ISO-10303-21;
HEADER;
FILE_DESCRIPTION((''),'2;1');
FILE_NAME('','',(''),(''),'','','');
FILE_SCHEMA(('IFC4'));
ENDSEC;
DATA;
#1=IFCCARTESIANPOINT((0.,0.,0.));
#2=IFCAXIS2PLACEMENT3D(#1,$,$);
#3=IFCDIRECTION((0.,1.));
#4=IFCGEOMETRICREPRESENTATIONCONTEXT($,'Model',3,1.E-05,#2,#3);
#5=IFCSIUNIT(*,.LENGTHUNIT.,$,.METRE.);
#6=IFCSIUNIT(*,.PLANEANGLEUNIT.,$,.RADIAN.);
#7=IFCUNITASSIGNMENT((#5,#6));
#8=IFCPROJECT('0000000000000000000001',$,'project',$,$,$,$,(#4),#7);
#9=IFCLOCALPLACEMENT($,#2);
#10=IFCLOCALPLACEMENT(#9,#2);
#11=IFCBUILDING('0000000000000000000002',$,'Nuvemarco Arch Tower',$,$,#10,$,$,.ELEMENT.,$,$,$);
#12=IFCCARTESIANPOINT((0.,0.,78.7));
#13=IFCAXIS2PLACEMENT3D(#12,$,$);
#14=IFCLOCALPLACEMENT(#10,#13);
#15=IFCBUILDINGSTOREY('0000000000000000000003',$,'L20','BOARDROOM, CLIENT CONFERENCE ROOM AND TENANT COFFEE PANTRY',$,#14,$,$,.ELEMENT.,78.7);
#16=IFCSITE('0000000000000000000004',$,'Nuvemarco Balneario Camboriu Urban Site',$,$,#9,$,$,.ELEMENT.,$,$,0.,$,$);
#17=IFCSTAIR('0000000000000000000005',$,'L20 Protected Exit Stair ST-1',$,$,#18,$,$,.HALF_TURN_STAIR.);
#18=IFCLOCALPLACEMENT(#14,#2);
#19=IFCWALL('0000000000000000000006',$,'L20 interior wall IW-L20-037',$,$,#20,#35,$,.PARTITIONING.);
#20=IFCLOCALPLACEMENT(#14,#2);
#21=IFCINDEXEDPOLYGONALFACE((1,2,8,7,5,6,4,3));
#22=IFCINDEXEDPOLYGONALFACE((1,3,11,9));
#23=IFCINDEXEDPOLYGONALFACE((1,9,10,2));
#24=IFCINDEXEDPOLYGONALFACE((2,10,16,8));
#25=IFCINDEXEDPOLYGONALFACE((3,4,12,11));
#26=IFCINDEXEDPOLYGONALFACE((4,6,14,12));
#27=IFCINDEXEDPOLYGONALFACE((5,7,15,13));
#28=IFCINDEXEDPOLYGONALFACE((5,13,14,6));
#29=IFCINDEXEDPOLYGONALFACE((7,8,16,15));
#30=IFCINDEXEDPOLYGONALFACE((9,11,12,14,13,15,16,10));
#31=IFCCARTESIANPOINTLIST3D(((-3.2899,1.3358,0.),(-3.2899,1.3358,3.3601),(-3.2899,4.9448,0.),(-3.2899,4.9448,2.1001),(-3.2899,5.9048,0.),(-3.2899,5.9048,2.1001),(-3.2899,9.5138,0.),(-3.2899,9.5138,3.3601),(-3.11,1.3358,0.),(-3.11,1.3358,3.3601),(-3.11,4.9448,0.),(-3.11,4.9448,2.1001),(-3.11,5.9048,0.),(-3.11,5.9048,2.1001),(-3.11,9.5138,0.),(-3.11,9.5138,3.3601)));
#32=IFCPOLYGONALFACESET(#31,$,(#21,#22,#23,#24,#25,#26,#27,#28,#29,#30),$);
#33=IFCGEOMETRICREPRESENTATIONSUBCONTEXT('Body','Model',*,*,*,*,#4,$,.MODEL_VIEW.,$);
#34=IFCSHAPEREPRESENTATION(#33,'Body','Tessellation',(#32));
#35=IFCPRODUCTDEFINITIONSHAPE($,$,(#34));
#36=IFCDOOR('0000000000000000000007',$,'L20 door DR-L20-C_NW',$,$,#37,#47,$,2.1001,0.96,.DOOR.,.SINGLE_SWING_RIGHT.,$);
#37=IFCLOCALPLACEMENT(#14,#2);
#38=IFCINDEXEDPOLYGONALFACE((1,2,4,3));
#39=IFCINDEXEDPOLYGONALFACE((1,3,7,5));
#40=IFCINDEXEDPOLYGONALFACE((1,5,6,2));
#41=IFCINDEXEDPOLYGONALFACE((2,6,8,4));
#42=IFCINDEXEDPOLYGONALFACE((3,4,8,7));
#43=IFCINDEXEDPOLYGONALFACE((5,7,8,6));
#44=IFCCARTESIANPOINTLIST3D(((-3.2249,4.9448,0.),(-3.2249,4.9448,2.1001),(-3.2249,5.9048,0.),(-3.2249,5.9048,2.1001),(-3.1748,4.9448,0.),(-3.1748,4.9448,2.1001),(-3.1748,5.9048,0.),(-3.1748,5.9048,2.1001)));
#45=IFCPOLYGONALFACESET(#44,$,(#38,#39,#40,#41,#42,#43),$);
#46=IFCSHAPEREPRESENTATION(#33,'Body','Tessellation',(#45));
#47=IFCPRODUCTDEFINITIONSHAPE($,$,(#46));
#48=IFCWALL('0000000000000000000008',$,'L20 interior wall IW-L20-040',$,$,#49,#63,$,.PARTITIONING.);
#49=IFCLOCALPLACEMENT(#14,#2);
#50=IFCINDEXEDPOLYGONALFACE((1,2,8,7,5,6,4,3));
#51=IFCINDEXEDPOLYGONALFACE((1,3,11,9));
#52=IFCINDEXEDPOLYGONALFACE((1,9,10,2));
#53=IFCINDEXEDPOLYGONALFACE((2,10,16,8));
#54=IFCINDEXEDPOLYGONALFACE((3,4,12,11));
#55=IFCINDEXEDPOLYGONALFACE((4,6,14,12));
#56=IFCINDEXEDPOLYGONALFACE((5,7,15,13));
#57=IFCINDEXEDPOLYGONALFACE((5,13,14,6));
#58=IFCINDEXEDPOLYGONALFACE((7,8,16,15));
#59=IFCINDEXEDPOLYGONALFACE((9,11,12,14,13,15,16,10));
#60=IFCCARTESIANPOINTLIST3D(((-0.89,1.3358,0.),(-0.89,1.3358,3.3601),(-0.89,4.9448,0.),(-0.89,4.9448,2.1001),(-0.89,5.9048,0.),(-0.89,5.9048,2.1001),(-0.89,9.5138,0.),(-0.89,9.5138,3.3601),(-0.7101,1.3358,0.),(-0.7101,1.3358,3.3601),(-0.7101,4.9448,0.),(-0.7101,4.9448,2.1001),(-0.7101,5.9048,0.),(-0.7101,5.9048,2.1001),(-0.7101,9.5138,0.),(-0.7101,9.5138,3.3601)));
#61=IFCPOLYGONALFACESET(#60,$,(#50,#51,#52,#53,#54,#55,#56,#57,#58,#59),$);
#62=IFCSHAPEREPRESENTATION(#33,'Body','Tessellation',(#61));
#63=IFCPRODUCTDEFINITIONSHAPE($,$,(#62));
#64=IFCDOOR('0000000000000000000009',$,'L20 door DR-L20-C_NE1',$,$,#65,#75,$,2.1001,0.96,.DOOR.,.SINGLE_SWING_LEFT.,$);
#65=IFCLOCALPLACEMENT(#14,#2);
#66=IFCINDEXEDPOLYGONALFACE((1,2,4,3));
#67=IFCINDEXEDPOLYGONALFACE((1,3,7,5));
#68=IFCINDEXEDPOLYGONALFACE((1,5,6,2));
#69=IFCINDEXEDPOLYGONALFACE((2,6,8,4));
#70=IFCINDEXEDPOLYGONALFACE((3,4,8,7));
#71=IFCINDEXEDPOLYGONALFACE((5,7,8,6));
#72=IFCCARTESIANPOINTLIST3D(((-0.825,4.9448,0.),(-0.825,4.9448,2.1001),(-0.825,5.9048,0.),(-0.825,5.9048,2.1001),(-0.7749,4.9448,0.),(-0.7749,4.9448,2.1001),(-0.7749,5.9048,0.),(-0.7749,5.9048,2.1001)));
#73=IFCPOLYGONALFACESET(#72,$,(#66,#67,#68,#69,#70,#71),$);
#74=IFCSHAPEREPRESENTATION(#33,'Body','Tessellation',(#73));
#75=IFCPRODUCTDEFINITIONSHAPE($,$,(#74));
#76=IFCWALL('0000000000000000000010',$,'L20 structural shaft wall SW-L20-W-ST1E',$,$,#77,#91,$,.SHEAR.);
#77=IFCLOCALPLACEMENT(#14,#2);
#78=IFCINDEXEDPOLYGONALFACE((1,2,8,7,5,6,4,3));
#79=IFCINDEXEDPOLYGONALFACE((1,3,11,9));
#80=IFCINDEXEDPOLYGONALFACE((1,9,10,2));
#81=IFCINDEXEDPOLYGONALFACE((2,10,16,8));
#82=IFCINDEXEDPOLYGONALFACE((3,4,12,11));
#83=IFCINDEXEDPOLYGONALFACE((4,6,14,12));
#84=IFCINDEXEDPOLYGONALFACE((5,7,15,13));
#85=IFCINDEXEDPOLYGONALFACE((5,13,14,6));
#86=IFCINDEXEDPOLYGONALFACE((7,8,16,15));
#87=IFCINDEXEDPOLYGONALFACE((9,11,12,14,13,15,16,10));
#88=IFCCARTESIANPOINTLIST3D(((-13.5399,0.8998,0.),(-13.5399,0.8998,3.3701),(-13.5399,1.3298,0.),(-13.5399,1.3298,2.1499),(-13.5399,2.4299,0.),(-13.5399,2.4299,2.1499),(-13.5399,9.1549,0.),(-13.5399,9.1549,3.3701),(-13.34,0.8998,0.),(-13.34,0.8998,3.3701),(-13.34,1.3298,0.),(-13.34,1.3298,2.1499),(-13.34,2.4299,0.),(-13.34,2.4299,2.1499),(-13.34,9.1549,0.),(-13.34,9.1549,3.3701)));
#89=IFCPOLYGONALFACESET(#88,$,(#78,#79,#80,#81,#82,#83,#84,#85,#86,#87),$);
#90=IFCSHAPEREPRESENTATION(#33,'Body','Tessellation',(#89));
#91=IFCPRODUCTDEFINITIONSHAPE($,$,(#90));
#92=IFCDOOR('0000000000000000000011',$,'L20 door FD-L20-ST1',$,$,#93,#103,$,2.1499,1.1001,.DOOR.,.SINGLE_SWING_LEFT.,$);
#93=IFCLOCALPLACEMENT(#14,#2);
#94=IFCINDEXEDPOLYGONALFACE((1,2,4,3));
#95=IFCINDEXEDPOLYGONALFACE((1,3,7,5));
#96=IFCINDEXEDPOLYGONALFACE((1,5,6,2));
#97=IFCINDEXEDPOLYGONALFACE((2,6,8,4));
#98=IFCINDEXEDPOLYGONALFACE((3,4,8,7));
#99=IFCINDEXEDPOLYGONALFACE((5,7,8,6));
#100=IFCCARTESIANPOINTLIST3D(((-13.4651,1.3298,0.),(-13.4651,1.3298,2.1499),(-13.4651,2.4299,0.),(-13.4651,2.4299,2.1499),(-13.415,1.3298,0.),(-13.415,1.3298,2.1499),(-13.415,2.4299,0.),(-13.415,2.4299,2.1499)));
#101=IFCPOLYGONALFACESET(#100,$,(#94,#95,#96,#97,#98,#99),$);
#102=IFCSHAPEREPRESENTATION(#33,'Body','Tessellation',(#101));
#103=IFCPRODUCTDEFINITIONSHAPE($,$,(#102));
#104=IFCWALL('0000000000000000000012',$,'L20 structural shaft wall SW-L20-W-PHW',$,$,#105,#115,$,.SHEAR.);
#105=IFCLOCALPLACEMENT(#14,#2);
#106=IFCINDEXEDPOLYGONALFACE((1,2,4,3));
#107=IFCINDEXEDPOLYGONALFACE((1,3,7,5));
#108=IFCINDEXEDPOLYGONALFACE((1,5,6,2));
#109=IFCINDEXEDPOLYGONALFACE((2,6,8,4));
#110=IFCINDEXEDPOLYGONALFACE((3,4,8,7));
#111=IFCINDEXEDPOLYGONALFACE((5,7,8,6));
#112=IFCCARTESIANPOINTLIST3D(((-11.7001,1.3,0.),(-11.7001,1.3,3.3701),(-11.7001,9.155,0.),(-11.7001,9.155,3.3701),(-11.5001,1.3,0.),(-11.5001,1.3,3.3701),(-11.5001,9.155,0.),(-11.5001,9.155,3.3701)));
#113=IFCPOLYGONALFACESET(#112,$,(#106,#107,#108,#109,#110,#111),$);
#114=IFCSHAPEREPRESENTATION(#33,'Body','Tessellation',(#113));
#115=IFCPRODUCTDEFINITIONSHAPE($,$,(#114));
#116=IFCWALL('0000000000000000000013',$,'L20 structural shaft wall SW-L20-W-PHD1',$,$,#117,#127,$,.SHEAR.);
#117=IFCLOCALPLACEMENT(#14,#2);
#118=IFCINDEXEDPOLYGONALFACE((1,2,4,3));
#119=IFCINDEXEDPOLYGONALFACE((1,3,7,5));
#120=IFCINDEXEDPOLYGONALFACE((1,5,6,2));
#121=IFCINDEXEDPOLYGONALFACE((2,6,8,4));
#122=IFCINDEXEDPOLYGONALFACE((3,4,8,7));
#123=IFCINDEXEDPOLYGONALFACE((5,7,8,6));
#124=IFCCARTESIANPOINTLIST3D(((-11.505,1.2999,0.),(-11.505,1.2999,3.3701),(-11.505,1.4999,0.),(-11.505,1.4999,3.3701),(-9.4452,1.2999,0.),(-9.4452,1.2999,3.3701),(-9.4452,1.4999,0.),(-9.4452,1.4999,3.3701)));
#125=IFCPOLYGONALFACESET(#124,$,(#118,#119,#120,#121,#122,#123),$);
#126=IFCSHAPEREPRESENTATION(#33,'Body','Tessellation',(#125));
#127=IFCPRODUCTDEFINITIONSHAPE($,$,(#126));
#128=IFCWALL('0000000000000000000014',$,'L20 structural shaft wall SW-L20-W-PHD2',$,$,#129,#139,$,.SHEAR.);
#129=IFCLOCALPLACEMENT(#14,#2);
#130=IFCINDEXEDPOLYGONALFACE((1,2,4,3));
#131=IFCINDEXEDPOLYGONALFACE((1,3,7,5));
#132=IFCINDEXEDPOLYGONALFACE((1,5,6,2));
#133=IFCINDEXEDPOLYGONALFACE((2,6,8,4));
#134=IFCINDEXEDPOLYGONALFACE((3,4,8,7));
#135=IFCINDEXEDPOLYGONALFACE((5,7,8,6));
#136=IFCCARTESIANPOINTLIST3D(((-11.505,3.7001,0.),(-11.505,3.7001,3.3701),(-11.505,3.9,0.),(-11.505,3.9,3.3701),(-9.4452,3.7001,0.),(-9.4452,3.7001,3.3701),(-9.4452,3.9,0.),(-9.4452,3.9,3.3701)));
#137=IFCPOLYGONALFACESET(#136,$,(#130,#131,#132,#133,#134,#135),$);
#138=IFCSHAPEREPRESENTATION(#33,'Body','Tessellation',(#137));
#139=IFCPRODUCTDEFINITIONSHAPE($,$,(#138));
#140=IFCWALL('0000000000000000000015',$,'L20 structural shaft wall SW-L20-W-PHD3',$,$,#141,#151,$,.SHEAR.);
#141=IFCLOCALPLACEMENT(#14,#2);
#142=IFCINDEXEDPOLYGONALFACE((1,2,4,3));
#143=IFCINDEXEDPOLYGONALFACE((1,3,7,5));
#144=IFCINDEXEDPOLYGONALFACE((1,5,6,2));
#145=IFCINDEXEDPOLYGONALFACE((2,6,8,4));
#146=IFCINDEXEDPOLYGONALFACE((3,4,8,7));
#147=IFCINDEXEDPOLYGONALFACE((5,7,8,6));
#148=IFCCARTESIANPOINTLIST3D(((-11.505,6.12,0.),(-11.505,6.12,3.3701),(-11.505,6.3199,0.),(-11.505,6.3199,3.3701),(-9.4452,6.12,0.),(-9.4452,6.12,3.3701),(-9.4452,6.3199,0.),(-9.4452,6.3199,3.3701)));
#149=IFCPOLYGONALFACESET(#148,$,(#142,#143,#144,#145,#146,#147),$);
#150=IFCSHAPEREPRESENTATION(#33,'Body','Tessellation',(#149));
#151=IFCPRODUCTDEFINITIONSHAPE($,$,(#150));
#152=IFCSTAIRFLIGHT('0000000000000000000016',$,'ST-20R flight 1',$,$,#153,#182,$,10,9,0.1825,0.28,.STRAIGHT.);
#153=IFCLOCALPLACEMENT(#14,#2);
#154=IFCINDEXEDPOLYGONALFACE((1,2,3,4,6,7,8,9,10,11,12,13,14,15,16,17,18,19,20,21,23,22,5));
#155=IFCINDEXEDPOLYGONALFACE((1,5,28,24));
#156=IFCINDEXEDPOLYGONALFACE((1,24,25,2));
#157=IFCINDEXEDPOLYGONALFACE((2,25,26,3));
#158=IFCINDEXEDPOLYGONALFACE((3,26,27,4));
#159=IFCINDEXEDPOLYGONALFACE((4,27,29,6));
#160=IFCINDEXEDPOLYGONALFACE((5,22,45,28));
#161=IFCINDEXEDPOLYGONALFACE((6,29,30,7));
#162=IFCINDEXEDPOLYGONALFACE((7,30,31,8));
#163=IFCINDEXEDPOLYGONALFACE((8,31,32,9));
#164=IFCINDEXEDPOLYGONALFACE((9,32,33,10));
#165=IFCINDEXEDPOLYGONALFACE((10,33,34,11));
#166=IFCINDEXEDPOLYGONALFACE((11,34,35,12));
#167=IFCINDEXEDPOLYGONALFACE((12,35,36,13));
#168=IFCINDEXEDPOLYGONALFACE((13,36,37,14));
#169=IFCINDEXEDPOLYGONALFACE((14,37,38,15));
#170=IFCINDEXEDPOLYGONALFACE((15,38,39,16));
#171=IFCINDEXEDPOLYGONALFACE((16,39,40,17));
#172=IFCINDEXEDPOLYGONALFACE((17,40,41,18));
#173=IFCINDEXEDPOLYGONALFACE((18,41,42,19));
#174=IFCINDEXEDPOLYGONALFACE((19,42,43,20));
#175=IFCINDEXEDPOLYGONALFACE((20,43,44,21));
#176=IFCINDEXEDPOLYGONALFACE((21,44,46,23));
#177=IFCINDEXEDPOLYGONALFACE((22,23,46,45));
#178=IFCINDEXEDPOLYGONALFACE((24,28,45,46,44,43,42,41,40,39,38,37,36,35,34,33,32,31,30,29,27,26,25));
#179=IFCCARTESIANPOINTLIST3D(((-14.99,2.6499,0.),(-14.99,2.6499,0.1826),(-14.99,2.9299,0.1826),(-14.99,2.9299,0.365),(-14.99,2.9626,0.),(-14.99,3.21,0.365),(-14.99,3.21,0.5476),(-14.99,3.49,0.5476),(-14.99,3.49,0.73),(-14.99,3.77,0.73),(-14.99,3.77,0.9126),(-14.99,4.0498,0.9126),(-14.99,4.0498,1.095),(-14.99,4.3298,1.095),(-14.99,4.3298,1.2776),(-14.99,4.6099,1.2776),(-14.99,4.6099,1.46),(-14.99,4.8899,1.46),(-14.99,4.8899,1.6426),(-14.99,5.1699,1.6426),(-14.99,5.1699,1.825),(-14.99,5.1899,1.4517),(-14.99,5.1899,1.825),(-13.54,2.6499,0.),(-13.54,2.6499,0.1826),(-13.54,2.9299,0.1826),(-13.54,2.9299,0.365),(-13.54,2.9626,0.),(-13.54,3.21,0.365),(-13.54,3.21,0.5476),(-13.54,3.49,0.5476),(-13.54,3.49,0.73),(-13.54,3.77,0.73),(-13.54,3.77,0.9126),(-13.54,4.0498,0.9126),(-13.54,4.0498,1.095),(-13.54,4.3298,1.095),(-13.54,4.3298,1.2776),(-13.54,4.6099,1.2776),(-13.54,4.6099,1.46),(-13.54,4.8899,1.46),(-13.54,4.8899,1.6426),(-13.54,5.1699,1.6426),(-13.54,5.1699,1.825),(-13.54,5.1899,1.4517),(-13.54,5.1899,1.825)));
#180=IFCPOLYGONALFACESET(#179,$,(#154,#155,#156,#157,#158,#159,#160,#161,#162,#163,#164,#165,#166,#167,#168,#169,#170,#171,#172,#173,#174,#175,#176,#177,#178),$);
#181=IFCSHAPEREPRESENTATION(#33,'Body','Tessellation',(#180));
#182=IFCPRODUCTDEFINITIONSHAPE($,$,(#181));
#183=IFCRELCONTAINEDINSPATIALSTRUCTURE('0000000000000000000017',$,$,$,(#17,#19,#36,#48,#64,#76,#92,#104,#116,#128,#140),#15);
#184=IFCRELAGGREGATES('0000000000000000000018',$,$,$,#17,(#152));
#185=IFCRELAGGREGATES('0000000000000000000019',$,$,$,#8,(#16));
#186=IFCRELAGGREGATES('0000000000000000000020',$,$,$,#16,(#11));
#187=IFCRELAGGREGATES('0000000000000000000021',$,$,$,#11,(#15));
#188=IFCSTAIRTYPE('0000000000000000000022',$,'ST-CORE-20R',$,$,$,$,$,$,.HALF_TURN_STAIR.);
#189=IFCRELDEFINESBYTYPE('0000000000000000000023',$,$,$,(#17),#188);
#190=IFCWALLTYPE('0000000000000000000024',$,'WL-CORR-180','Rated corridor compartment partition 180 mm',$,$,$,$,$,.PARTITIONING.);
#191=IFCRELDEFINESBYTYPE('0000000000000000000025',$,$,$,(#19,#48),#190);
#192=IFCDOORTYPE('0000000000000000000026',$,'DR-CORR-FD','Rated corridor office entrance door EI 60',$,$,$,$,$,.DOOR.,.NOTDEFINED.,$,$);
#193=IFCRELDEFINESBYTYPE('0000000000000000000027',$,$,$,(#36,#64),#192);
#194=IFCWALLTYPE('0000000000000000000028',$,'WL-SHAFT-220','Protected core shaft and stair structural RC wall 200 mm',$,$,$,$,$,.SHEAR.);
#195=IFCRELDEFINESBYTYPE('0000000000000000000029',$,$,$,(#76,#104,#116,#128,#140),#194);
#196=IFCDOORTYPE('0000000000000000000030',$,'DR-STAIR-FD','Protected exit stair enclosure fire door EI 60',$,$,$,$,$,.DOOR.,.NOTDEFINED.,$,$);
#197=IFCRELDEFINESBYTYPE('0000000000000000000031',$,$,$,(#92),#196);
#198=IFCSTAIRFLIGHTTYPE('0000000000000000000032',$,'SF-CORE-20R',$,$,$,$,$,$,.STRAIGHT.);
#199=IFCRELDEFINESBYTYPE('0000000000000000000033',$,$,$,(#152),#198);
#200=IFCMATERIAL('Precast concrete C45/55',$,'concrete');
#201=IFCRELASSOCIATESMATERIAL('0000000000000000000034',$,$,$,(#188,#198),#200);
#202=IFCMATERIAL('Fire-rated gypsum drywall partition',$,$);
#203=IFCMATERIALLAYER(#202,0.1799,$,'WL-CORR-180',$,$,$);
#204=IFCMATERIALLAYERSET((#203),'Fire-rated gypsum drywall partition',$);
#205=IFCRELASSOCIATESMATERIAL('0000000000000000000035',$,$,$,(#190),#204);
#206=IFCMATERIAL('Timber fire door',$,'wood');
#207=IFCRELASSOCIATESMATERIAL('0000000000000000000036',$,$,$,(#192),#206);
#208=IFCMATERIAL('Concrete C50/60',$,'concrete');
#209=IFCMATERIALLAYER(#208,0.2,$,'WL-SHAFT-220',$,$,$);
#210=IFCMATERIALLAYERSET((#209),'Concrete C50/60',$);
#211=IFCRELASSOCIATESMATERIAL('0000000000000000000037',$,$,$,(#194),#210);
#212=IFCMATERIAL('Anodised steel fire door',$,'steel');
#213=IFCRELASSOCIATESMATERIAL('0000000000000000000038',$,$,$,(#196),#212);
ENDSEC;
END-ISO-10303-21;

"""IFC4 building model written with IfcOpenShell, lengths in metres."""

from ifc_helpers import new_model, si_unit, direction, frame, frame_2d, origin, place, context, subcontext, project, spatial, polyline, rectangle, outline, extrude, source, transform, mapped, material, layer, layer_set, type_object, type_shapes, element, fill, aggregate, save


model = new_model("IFC4")

# Units and contexts
model_context = context("Model", 3, precision=1e-05, world=origin(), true_north=direction((0.0, 1.0)))
body_context = subcontext(model_context, "Body", "Model", "MODEL_VIEW")
ifc_project = project(units=[si_unit("LENGTHUNIT", "METRE"), si_unit("PLANEANGLEUNIT", "RADIAN")], contexts=[model_context])

# Site, building, storey
site_placement = place(None, origin())
site = spatial("IfcSite", under=ifc_project, at=site_placement, Name="Nuvemarco Balneario Camboriu Urban Site", CompositionType="ELEMENT", RefElevation=0.0)
building_placement = place(site_placement, origin())
building = spatial("IfcBuilding", under=site, at=building_placement, Name="Nuvemarco Arch Tower", CompositionType="ELEMENT")
storey_placement = place(building_placement, frame((0.0, 0.0, 78.7)))
storey = spatial("IfcBuildingStorey", under=building, at=storey_placement, Name="L20", Description="BOARDROOM, CLIENT CONFERENCE ROOM AND TENANT COFFEE PANTRY", CompositionType="ELEMENT", Elevation=78.7)

# Stair
ifc_material_1 = material(Name="Precast concrete C45/55", Category="concrete")
stair_type = type_object("IfcStairType", Name="ST-CORE-20R", PredefinedType="HALF_TURN_STAIR", material=ifc_material_1)
stair_1_placement = place(storey_placement, origin())
stair_1 = element("IfcStair", 1, at=stair_1_placement, inside=storey, type_object=stair_type, Name="L20 Protected Exit Stair ST-1", PredefinedType="HALF_TURN_STAIR")

# Shared definitions
ifc_material_2 = material(Name="Fire-rated gypsum drywall partition")
ifc_layer_1 = layer(ifc_material_2, 0.1799, Name="WL-CORR-180")
ifc_layer_set_1 = layer_set([ifc_layer_1], Name="Fire-rated gypsum drywall partition")
wall_type_1 = type_object("IfcWallType", Name="WL-CORR-180", Description="Rated corridor compartment partition 180 mm", PredefinedType="PARTITIONING", material=ifc_layer_set_1)

# Walls, openings, doors
ifc_material_3 = material(Name="Timber fire door", Category="wood")
door_type_1 = type_object("IfcDoorType", Name="DR-CORR-FD", Description="Rated corridor office entrance door EI 60", OperationType="NOTDEFINED", PredefinedType="DOOR", material=ifc_material_3)
shared_shape_1 = source(origin(), body_context, "Body", "SweptSolid", [
    extrude(rectangle(XDim=0.96, YDim=2.1001, at=frame_2d((0.48, 1.05))), frame((0.0, 0.0249, 0.0), z_axis=(0.0, -1.0, 0.0), x_axis=(1.0, 0.0, 0.0)), (0.0, 0.0, 1.0), 0.05),
])
type_shapes(door_type_1, [shared_shape_1])
wall_1_placement = place(storey_placement, frame((-3.2, 1.3359, 0.0), z_axis=(0.0, 0.0, 1.0), x_axis=(0.0, 1.0, 0.0)))
wall_1 = element("IfcWall", 2, at=wall_1_placement, inside=storey, type_object=wall_type_1, Name="L20 interior wall IW-L20-037", PredefinedType="PARTITIONING", context=body_context, shape_type="SweptSolid", body=[
    extrude(rectangle(XDim=8.178, YDim=0.1799, at=frame_2d((4.0889, 0.0))), origin(), (0.0, 0.0, 1.0), 3.3601),
])
opening_1_placement = place(wall_1_placement, frame((3.6089, 0.0, 0.0)))
opening_1 = element("IfcOpeningElement", 3, at=opening_1_placement, cuts=wall_1, PredefinedType="OPENING", context=body_context, shape_type="SweptSolid", body=[
    extrude(rectangle(XDim=0.96, YDim=2.1001, at=frame_2d((0.48, 1.05))), frame((0.0, 0.0999, 0.0), z_axis=(0.0, -1.0, 0.0), x_axis=(1.0, 0.0, 0.0)), (0.0, 0.0, 1.0), 0.2),
])
door_1_placement = place(opening_1_placement, origin())
door_1 = element("IfcDoor", 4, at=door_1_placement, inside=storey, type_object=door_type_1, Name="L20 door DR-L20-C_NW", OperationType="SINGLE_SWING_RIGHT", OverallHeight=2.1001, OverallWidth=0.96, PredefinedType="DOOR", context=body_context, shape_type="MappedRepresentation", body=[
    mapped(shared_shape_1, transform((0.0, 0.0, 0.0), scale=1.0)),
])
fill(opening_1, door_1)
wall_2_placement = place(storey_placement, frame((-0.8, 1.3359, 0.0), z_axis=(0.0, 0.0, 1.0), x_axis=(0.0, 1.0, 0.0)))
wall_2 = element("IfcWall", 5, at=wall_2_placement, inside=storey, type_object=wall_type_1, Name="L20 interior wall IW-L20-040", PredefinedType="PARTITIONING", context=body_context, shape_type="SweptSolid", body=[
    extrude(rectangle(XDim=8.178, YDim=0.1799, at=frame_2d((4.0889, 0.0))), origin(), (0.0, 0.0, 1.0), 3.3601),
])
opening_2_placement = place(wall_2_placement, frame((3.6089, 0.0, 0.0)))
opening_2 = element("IfcOpeningElement", 6, at=opening_2_placement, cuts=wall_2, PredefinedType="OPENING", context=body_context, shape_type="SweptSolid", body=[
    extrude(rectangle(XDim=0.96, YDim=2.1001, at=frame_2d((0.48, 1.05))), frame((0.0, 0.0999, 0.0), z_axis=(0.0, -1.0, 0.0), x_axis=(1.0, 0.0, 0.0)), (0.0, 0.0, 1.0), 0.2),
])
door_2_placement = place(opening_2_placement, origin())
door_2 = element("IfcDoor", 7, at=door_2_placement, inside=storey, type_object=door_type_1, Name="L20 door DR-L20-C_NE1", OperationType="SINGLE_SWING_LEFT", OverallHeight=2.1001, OverallWidth=0.96, PredefinedType="DOOR", context=body_context, shape_type="MappedRepresentation", body=[
    mapped(shared_shape_1, transform((0.0, 0.0, 0.0), scale=1.0)),
])
fill(opening_2, door_2)
ifc_material_4 = material(Name="Concrete C50/60", Category="concrete")
ifc_layer_2 = layer(ifc_material_4, 0.2, Name="WL-SHAFT-220")
ifc_layer_set_2 = layer_set([ifc_layer_2], Name="Concrete C50/60")
wall_type_2 = type_object("IfcWallType", Name="WL-SHAFT-220", Description="Protected core shaft and stair structural RC wall 200 mm", PredefinedType="SHEAR", material=ifc_layer_set_2)
wall_3_placement = place(storey_placement, frame((-13.4399, 0.8999, 0.0), z_axis=(0.0, 0.0, 1.0), x_axis=(0.0, 1.0, 0.0)))
wall_3 = element("IfcWall", 8, at=wall_3_placement, inside=storey, type_object=wall_type_2, Name="L20 structural shaft wall SW-L20-W-ST1E", PredefinedType="SHEAR", context=body_context, shape_type="SweptSolid", body=[
    extrude(rectangle(XDim=8.2551, YDim=0.2, at=frame_2d((4.1274, 0.0))), origin(), (0.0, 0.0, 1.0), 3.3701),
])
opening_3_placement = place(wall_3_placement, frame((1.53, 0.0, 0.0), z_axis=(0.0, 0.0, 1.0), x_axis=(-1.0, 0.0, 0.0)))
opening_3 = element("IfcOpeningElement", 9, at=opening_3_placement, cuts=wall_3, PredefinedType="OPENING", context=body_context, shape_type="SweptSolid", body=[
    extrude(rectangle(XDim=1.1001, YDim=2.1499, at=frame_2d((0.55, 1.075))), frame((0.0, 0.1099, 0.0), z_axis=(0.0, -1.0, 0.0), x_axis=(1.0, 0.0, 0.0)), (0.0, 0.0, 1.0), 0.22),
])
ifc_material_5 = material(Name="Anodised steel fire door", Category="steel")
door_type_2 = type_object("IfcDoorType", Name="DR-STAIR-FD", Description="Protected exit stair enclosure fire door EI 60", OperationType="NOTDEFINED", PredefinedType="DOOR", material=ifc_material_5)
shared_shape_2 = source(origin(), body_context, "Body", "SweptSolid", [
    extrude(rectangle(XDim=1.1001, YDim=2.1499, at=frame_2d((0.55, 1.075))), frame((0.0, 0.0249, 0.0), z_axis=(0.0, -1.0, 0.0), x_axis=(1.0, 0.0, 0.0)), (0.0, 0.0, 1.0), 0.05),
])
type_shapes(door_type_2, [shared_shape_2])
door_3_placement = place(opening_3_placement, origin())
door_3 = element("IfcDoor", 10, at=door_3_placement, inside=storey, type_object=door_type_2, Name="L20 door FD-L20-ST1", OperationType="SINGLE_SWING_LEFT", OverallHeight=2.1499, OverallWidth=1.1001, PredefinedType="DOOR", context=body_context, shape_type="MappedRepresentation", body=[
    mapped(shared_shape_2, transform((0.0, 0.0, 0.0), scale=1.0)),
])
fill(opening_3, door_3)

# Walls
wall_4_placement = place(storey_placement, frame((-11.6001, 1.3, 0.0), z_axis=(0.0, 0.0, 1.0), x_axis=(0.0, 1.0, 0.0)))
element("IfcWall", 11, at=wall_4_placement, inside=storey, type_object=wall_type_2, Name="L20 structural shaft wall SW-L20-W-PHW", PredefinedType="SHEAR", context=body_context, shape_type="SweptSolid", body=[
    extrude(rectangle(XDim=7.855, YDim=0.2, at=frame_2d((3.9275, 0.0))), origin(), (0.0, 0.0, 1.0), 3.3701),
])
for number, where, z_axis, x_axis, name in (
    (12, (-11.5049, 1.3999, 0.0), (0.0, 0.0, 1.0), (1.0, 0.0, 0.0), "L20 structural shaft wall SW-L20-W-PHD1"),
    (13, (-11.5049, 3.8, 0.0), (0.0, 0.0, 1.0), (1.0, 0.0, 0.0), "L20 structural shaft wall SW-L20-W-PHD2"),
    (14, (-11.5049, 6.22, 0.0), (0.0, 0.0, 1.0), (1.0, 0.0, 0.0), "L20 structural shaft wall SW-L20-W-PHD3"),
):
    element("IfcWall", number, at=place(storey_placement, frame(where, z_axis=z_axis, x_axis=x_axis)), inside=storey, type_object=wall_type_2, Name=name, PredefinedType="SHEAR", context=body_context, shape_type="SweptSolid", body=[
        extrude(rectangle(XDim=2.0598, YDim=0.2, at=frame_2d((1.0298, 0.0))), origin(), (0.0, 0.0, 1.0), 3.3701),
    ])

# Stair flight
stair_flight_type = type_object("IfcStairFlightType", Name="SF-CORE-20R", PredefinedType="STRAIGHT", material=ifc_material_1)
stair_flight_placement = place(storey_placement, frame((-14.2649, 2.6499, 0.0), z_axis=(0.0, 0.0, 1.0), x_axis=(0.0, 1.0, 0.0)))
stair_flight = element("IfcStairFlight", 15, at=stair_flight_placement, type_object=stair_flight_type, Name="ST-20R flight 1", NumberOfRisers=10, NumberOfTreads=9, PredefinedType="STRAIGHT", RiserHeight=0.1825, TreadLength=0.28, context=body_context, shape_type="SweptSolid", body=[
    extrude(outline(polyline([(0.0, 0.0), (0.0, 0.1826), (0.28, 0.1826), (0.28, 0.365), (0.5601, 0.365), (0.5601, 0.5476), (0.8401, 0.5476), (0.8401, 0.73), (1.1201, 0.73), (1.1201, 0.9126), (1.3999, 0.9126), (1.3999, 1.095), (1.6799, 1.095), (1.6799, 1.2776), (1.96, 1.2776), (1.96, 1.46), (2.24, 1.46), (2.24, 1.6426), (2.52, 1.6426), (2.52, 1.825), (2.54, 1.825), (2.54, 1.4517), (0.3127, 0.0), (0.0, 0.0)])), frame((0.0, 0.7251, 0.0), z_axis=(0.0, -1.0, 0.0), x_axis=(1.0, 0.0, 0.0)), (0.0, 0.0, 1.0), 1.45),
])
aggregate(stair_1, [stair_flight])

save(model, "model.ifc")
